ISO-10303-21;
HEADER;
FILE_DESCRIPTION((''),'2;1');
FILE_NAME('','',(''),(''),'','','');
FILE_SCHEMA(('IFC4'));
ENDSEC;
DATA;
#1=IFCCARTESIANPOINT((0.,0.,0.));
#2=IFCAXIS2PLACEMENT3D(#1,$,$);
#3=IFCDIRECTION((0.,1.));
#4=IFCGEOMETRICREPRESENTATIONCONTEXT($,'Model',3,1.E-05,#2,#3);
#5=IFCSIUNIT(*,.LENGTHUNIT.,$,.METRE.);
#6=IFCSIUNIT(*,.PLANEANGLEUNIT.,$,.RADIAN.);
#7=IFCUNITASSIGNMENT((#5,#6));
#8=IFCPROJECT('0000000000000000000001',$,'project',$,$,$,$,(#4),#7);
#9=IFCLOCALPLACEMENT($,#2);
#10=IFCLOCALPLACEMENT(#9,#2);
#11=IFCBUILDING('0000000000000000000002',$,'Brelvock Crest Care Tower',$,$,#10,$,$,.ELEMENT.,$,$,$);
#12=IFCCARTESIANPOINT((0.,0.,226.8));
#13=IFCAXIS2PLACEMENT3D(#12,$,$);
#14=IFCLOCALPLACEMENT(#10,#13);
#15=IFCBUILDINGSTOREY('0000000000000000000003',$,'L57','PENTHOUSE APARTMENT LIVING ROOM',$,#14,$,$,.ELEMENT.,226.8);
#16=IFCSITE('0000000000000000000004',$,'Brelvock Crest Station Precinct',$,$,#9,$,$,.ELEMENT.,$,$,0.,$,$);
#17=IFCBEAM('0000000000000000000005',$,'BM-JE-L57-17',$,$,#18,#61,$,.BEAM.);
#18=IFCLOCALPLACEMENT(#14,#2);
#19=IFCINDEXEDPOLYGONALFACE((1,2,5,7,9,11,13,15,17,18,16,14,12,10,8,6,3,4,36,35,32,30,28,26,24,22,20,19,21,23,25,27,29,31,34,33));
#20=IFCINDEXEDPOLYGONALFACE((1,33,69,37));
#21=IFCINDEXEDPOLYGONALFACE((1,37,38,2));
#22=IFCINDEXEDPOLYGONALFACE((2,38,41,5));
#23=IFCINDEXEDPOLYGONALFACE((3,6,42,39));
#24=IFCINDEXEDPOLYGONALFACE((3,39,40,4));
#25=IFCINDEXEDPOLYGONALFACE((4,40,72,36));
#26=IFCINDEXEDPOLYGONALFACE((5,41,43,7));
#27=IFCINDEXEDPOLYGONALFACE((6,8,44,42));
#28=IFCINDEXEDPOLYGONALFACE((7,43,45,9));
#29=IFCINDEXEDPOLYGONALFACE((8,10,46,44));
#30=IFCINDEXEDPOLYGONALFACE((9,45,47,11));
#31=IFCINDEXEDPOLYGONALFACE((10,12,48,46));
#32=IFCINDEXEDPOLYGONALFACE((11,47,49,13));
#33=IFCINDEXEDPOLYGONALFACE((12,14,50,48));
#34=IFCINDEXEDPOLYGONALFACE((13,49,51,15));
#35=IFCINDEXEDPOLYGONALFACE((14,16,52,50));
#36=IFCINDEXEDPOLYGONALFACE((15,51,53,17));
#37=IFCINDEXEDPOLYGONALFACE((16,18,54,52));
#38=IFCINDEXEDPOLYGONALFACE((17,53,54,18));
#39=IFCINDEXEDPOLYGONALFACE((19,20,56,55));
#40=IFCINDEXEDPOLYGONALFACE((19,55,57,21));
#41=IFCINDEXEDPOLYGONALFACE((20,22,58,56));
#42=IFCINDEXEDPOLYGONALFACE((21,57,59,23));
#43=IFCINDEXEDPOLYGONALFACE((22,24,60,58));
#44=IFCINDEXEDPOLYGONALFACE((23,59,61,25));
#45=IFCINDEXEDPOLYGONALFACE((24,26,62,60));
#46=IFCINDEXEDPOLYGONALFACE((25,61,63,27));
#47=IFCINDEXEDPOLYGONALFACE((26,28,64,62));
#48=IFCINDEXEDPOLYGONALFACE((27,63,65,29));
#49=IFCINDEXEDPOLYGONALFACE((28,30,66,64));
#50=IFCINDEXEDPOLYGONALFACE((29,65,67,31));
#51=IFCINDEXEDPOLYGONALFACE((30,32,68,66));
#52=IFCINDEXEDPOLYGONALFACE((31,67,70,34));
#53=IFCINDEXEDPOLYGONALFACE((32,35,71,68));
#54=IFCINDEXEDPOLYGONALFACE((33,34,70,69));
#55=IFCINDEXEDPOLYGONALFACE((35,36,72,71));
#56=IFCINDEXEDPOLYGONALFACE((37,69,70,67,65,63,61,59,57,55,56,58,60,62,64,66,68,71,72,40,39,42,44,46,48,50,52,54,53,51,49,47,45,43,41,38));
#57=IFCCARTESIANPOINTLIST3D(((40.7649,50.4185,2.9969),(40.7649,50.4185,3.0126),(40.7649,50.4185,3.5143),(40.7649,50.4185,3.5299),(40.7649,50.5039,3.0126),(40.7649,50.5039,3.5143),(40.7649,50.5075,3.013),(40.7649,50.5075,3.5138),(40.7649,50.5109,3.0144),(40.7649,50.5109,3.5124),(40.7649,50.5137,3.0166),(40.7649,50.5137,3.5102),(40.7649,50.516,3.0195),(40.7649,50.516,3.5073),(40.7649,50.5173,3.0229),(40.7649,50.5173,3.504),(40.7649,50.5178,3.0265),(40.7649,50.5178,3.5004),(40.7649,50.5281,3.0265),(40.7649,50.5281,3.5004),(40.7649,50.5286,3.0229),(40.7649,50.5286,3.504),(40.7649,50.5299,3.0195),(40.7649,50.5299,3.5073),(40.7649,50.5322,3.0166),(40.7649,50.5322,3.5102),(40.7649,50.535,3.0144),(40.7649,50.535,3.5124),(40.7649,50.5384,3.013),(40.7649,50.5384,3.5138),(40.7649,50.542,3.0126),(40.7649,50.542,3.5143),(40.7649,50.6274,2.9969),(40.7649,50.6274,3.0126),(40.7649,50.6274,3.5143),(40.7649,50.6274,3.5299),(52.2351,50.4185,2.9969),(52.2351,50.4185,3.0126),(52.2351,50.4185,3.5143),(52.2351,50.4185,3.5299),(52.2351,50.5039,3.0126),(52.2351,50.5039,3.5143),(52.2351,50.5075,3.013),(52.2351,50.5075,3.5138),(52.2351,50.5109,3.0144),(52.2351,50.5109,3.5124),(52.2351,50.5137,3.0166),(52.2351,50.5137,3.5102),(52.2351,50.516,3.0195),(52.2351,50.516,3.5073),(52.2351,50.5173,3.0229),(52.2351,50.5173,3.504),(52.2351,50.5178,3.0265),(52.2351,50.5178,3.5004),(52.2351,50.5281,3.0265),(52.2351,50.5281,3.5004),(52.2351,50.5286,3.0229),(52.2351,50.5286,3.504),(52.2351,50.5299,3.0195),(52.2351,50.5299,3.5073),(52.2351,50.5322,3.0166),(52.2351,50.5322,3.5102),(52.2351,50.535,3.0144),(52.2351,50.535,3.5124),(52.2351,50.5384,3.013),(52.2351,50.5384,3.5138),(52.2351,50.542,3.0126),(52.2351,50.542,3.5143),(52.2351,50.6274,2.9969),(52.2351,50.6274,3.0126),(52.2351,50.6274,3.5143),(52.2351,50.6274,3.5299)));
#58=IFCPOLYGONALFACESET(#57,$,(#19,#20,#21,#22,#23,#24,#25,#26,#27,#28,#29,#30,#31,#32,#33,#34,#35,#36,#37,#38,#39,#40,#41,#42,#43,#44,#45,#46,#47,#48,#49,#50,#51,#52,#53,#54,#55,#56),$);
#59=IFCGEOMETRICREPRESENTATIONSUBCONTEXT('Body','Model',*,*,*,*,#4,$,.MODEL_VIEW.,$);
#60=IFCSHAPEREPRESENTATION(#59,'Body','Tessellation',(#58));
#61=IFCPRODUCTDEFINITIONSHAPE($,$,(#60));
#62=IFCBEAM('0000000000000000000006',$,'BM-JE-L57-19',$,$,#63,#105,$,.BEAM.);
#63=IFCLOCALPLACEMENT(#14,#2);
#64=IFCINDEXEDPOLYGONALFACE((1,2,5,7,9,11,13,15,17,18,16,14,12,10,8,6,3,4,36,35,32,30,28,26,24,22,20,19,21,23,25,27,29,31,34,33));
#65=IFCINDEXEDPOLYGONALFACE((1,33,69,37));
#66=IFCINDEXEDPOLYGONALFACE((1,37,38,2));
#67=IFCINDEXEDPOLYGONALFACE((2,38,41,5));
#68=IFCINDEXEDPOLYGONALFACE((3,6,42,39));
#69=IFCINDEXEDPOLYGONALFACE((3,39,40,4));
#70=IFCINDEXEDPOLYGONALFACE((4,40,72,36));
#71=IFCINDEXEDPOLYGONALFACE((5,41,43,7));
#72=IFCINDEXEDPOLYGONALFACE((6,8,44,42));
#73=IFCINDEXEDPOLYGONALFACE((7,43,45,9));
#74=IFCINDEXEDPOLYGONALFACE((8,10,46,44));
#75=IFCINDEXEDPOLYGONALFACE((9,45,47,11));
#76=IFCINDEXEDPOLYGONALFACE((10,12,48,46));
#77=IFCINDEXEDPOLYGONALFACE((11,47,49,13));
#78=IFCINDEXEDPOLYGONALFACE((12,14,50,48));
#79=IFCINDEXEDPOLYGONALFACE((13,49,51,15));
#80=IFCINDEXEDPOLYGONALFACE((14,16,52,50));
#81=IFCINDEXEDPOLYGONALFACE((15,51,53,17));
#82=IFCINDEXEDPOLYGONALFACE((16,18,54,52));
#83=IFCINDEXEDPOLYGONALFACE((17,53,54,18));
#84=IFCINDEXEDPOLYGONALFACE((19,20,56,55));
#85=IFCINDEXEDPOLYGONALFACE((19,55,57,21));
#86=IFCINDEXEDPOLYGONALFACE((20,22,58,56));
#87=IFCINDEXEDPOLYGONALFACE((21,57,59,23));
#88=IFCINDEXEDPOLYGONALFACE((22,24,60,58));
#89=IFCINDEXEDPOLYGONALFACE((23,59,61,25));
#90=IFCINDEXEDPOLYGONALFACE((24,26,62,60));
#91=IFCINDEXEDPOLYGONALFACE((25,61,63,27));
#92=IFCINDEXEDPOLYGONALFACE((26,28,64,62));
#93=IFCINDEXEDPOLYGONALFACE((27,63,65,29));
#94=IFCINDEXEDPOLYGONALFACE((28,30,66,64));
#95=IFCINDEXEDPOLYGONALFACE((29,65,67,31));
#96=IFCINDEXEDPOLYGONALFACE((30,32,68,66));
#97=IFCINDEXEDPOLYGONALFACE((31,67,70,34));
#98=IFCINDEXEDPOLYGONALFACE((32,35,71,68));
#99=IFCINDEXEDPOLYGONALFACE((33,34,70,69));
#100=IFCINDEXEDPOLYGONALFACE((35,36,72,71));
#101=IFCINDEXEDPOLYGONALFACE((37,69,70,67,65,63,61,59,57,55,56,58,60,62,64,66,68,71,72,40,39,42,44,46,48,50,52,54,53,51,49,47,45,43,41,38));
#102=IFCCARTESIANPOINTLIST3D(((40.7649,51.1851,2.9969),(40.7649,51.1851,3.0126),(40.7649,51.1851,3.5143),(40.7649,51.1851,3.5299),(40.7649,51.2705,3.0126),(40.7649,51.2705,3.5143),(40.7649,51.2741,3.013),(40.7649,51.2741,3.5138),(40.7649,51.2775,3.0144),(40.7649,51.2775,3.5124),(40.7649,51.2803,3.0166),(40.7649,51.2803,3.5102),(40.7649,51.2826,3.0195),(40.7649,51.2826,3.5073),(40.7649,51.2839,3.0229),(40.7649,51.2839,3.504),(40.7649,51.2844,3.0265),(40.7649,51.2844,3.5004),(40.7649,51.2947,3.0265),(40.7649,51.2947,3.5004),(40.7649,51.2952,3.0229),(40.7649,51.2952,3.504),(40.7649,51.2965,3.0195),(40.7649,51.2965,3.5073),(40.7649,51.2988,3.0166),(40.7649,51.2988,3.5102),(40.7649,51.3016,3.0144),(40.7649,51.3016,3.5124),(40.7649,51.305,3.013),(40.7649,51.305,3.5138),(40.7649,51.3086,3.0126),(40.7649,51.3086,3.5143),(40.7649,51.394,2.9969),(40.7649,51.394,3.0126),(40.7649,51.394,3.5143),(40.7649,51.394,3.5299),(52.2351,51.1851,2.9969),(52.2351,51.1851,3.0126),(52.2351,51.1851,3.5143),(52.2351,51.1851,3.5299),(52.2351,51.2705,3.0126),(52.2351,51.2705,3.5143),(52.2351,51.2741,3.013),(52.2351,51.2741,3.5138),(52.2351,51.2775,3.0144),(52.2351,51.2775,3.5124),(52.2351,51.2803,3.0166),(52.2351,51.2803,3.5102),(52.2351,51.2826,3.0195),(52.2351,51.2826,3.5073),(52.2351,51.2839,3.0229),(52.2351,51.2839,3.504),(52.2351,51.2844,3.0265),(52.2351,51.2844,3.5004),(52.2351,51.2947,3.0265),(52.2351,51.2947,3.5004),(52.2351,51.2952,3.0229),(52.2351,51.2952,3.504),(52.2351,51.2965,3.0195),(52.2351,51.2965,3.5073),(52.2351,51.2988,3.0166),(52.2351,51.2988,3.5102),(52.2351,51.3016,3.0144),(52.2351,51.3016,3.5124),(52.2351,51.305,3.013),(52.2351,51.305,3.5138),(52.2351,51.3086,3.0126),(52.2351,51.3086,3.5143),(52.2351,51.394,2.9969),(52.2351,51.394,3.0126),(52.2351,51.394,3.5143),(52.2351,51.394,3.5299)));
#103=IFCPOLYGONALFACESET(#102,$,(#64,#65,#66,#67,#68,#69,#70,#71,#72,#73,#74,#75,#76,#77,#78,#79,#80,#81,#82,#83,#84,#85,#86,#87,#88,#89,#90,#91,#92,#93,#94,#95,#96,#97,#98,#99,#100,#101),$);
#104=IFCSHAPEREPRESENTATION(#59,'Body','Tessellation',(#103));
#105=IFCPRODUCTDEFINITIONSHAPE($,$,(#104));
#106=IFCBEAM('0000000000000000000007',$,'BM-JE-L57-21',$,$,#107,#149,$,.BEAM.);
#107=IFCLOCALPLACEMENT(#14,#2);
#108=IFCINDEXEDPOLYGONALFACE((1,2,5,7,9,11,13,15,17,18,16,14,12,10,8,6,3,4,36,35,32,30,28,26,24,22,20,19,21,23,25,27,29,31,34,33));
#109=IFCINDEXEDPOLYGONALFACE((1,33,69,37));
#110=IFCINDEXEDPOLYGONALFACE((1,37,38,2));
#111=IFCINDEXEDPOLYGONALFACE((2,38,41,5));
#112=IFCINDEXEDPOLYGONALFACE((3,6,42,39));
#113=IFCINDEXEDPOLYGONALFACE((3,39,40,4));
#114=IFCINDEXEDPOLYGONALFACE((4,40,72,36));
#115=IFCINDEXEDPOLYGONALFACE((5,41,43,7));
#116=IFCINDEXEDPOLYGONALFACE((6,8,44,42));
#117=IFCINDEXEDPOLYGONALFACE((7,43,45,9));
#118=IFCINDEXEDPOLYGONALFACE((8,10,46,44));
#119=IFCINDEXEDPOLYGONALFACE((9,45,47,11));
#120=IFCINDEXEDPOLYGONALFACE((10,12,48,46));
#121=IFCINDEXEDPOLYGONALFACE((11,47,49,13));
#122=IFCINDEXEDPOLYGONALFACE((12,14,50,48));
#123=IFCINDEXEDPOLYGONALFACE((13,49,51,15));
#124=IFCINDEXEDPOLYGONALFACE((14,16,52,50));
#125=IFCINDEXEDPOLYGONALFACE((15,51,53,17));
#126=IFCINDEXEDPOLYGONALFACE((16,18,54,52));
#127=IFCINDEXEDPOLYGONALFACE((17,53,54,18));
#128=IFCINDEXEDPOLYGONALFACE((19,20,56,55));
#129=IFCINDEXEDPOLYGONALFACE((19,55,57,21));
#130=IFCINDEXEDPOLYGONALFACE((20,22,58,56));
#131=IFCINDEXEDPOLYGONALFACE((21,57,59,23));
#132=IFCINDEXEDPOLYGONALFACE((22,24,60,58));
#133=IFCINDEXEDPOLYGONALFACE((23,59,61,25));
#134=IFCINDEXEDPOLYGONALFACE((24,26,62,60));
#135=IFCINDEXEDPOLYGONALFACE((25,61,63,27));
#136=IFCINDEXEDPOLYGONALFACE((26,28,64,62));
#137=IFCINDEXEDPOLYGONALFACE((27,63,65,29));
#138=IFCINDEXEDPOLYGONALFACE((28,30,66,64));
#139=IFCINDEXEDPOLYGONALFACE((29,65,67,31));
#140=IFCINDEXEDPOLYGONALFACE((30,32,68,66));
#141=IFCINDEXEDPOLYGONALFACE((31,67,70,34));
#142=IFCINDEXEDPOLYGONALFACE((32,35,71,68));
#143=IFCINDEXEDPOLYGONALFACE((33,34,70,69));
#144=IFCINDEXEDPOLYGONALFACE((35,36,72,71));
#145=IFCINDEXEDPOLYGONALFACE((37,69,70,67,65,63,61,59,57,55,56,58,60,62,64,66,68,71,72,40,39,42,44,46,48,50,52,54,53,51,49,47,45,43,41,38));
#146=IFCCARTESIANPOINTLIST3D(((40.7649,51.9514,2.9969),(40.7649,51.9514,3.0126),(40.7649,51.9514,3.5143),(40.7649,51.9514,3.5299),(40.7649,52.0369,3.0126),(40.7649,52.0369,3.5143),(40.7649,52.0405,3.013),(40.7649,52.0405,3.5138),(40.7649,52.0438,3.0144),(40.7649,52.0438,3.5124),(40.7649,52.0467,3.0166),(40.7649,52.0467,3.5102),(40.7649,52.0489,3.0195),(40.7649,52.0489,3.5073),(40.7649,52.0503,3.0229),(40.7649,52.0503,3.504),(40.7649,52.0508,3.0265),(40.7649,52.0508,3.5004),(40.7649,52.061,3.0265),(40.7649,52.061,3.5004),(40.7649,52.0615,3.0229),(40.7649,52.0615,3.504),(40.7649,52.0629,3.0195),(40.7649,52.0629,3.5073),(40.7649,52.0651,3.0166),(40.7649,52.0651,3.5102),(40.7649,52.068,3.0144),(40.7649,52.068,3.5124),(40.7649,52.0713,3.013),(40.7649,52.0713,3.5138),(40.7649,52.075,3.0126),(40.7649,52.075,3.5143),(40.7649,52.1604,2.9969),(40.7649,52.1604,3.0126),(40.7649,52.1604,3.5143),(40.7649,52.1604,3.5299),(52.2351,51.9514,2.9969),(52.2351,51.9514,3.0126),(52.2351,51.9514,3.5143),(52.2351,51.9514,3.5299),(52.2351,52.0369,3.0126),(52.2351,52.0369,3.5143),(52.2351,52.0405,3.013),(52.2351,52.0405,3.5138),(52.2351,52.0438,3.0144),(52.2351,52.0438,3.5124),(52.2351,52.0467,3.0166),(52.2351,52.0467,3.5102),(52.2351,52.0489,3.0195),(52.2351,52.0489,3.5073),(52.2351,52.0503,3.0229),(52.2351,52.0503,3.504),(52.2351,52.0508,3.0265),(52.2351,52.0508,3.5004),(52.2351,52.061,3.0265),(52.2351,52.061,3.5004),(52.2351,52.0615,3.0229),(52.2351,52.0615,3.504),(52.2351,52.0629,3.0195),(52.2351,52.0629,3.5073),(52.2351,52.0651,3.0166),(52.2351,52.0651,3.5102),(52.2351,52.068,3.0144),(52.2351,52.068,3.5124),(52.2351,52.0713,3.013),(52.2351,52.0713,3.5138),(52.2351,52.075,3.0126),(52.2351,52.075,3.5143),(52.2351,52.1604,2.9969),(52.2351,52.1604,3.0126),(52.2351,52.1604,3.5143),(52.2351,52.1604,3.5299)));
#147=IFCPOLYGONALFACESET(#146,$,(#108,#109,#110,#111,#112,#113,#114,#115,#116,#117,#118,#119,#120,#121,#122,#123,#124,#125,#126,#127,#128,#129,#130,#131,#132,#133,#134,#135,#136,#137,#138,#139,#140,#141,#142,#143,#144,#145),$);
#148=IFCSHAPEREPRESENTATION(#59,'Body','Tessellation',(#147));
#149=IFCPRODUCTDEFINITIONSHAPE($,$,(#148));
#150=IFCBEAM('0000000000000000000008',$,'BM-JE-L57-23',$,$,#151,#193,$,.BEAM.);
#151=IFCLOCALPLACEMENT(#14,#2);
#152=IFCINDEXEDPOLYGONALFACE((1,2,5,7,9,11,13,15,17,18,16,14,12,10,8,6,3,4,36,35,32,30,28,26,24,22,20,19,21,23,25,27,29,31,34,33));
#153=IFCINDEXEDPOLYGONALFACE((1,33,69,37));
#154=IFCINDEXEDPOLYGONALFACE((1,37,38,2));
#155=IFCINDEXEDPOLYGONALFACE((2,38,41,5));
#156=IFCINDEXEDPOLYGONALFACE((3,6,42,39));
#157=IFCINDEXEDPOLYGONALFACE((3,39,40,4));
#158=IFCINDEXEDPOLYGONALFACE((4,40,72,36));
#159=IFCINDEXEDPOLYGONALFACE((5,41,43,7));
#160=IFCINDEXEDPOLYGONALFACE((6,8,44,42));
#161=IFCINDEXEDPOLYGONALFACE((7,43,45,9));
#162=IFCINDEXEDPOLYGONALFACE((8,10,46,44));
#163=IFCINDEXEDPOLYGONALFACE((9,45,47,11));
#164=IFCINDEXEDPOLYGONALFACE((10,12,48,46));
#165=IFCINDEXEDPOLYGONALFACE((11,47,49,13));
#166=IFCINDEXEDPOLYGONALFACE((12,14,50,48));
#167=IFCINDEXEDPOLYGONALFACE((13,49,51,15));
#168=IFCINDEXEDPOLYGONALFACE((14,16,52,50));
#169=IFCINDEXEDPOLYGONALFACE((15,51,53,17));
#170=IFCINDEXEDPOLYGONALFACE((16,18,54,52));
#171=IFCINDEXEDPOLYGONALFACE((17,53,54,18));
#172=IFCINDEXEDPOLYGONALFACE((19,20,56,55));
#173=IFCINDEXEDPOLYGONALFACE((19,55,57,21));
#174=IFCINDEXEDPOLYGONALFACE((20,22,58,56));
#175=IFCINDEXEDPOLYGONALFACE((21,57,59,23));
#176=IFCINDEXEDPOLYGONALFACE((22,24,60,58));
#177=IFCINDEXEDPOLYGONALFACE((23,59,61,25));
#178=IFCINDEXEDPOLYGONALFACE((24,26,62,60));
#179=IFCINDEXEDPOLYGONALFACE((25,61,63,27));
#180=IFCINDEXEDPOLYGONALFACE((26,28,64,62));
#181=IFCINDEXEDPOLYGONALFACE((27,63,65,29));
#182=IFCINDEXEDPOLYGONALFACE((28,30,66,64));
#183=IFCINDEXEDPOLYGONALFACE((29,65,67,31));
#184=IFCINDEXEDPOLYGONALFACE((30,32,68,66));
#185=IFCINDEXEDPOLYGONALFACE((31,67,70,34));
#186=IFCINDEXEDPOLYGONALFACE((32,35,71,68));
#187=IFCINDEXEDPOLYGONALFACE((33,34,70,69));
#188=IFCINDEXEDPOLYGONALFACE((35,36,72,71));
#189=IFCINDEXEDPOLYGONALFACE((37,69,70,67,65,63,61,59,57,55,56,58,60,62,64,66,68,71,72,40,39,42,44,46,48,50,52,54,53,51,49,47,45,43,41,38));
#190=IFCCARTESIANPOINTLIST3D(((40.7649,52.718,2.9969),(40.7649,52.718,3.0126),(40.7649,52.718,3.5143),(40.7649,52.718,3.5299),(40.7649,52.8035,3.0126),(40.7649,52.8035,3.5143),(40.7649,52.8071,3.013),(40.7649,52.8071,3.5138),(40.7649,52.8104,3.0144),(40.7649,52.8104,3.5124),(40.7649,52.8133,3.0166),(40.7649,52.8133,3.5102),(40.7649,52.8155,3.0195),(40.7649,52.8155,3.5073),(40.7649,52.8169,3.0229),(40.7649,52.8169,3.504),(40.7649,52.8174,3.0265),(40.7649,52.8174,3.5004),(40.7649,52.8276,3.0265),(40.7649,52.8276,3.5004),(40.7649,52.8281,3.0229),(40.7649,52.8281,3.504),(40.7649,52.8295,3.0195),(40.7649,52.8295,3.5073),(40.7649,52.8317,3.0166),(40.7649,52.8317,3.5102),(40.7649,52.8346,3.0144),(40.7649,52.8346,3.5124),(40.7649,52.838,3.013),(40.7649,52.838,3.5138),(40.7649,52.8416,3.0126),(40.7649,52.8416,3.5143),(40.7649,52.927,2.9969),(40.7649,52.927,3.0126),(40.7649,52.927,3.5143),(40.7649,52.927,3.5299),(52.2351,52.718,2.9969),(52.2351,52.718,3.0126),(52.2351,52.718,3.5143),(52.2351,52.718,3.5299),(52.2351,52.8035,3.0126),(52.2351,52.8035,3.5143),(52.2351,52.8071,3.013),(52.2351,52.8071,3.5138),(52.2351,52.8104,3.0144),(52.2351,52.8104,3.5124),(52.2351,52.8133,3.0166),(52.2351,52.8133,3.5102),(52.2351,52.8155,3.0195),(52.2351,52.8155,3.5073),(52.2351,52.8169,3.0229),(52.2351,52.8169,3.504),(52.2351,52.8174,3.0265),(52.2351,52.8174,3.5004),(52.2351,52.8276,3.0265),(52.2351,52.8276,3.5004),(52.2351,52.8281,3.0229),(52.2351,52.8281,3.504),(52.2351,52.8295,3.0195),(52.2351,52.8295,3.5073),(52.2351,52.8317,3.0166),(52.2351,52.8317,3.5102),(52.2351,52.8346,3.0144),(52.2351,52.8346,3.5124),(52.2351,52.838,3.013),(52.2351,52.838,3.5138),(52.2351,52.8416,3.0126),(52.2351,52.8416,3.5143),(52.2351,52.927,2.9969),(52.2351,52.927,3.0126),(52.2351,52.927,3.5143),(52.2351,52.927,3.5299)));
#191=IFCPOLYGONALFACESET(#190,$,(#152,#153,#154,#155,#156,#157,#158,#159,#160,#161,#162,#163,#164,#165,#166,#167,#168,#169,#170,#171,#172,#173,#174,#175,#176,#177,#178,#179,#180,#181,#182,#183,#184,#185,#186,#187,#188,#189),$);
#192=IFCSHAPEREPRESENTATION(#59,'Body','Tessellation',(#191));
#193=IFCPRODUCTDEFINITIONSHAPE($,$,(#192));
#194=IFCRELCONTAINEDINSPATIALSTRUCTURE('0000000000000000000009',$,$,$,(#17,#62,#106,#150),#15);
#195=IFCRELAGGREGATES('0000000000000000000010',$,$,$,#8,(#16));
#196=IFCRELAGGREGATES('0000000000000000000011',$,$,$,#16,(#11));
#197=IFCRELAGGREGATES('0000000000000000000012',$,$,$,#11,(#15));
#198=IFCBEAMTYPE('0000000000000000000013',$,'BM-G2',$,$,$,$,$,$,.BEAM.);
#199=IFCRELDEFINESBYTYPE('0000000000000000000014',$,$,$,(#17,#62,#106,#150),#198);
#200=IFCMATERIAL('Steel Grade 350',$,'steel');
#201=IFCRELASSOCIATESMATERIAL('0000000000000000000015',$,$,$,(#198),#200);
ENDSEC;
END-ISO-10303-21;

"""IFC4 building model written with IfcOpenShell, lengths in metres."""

from ifc_helpers import new_model, si_unit, direction, frame, origin, origin_2d, place, context, subcontext, project, spatial, i_section, extrude, source, transform, mapped, material, material_profile, profile_set, type_object, element, save


model = new_model("IFC4")

# Units and contexts
model_context = context("Model", 3, precision=1e-05, world=origin(), true_north=direction((0.0, 1.0)))
body_context = subcontext(model_context, "Body", "Model", "MODEL_VIEW")
ifc_project = project(units=[si_unit("LENGTHUNIT", "METRE"), si_unit("PLANEANGLEUNIT", "RADIAN")], contexts=[model_context])

# Site, building, storey
site_placement = place(None, origin())
site = spatial("IfcSite", under=ifc_project, at=site_placement, Name="Brelvock Crest Station Precinct", CompositionType="ELEMENT", RefElevation=0.0)
building_placement = place(site_placement, origin())
building = spatial("IfcBuilding", under=site, at=building_placement, Name="Brelvock Crest Care Tower", CompositionType="ELEMENT")
storey_placement = place(building_placement, frame((0.0, 0.0, 226.8)))
storey = spatial("IfcBuildingStorey", under=building, at=storey_placement, Name="L57", Description="PENTHOUSE APARTMENT LIVING ROOM", CompositionType="ELEMENT", Elevation=226.8)

# Shared definitions
ifc_material_1 = material(Name="Steel Grade 350", Category="steel")

# Beams
ifc_material_profile_1 = material_profile(ifc_material_1, i_section(OverallWidth=0.209, OverallDepth=0.533, WebThickness=0.0103, FlangeThickness=0.0156, FilletRadius=0.0139, at=origin_2d()), Name="530UB92.4")
ifc_profile_set_1 = profile_set([ifc_material_profile_1], Name="Steel Grade 350")
beam_type_1 = type_object("IfcBeamType", Name="BM-G2", PredefinedType="BEAM", material=ifc_profile_set_1)
shared_shape_1 = source(origin(), body_context, "Body", "SweptSolid", [
    extrude(i_section(OverallWidth=0.209, OverallDepth=0.533, WebThickness=0.0103, FlangeThickness=0.0156, FilletRadius=0.0139, at=origin_2d()), origin(), (0.0, 0.0, 1.0), 11.4702),
])
for number, where, z_axis, x_axis, name in (
    (1, (40.7649, 50.5229, 3.2634), (1.0, 0.0, 0.0), (0.0, 1.0, 0.0), "BM-JE-L57-17"),
    (2, (40.7649, 51.2896, 3.2634), (1.0, 0.0, 0.0), (0.0, 1.0, 0.0), "BM-JE-L57-19"),
    (3, (40.7649, 52.0559, 3.2634), (1.0, 0.0, 0.0), (0.0, 1.0, 0.0), "BM-JE-L57-21"),
    (4, (40.7649, 52.8225, 3.2634), (1.0, 0.0, 0.0), (0.0, 1.0, 0.0), "BM-JE-L57-23"),
):
    element("IfcBeam", number, at=place(storey_placement, frame(where, z_axis=z_axis, x_axis=x_axis)), inside=storey, type_object=beam_type_1, Name=name, PredefinedType="BEAM", context=body_context, shape_type="MappedRepresentation", body=[
        mapped(shared_shape_1, transform((0.0, 0.0, 0.0), x_axis=(1.0, 0.0, 0.0), y_axis=(0.0, 1.0, 0.0), z_axis=(0.0, 0.0, 1.0), scale=1.0)),
    ])

save(model, "model.ifc")
